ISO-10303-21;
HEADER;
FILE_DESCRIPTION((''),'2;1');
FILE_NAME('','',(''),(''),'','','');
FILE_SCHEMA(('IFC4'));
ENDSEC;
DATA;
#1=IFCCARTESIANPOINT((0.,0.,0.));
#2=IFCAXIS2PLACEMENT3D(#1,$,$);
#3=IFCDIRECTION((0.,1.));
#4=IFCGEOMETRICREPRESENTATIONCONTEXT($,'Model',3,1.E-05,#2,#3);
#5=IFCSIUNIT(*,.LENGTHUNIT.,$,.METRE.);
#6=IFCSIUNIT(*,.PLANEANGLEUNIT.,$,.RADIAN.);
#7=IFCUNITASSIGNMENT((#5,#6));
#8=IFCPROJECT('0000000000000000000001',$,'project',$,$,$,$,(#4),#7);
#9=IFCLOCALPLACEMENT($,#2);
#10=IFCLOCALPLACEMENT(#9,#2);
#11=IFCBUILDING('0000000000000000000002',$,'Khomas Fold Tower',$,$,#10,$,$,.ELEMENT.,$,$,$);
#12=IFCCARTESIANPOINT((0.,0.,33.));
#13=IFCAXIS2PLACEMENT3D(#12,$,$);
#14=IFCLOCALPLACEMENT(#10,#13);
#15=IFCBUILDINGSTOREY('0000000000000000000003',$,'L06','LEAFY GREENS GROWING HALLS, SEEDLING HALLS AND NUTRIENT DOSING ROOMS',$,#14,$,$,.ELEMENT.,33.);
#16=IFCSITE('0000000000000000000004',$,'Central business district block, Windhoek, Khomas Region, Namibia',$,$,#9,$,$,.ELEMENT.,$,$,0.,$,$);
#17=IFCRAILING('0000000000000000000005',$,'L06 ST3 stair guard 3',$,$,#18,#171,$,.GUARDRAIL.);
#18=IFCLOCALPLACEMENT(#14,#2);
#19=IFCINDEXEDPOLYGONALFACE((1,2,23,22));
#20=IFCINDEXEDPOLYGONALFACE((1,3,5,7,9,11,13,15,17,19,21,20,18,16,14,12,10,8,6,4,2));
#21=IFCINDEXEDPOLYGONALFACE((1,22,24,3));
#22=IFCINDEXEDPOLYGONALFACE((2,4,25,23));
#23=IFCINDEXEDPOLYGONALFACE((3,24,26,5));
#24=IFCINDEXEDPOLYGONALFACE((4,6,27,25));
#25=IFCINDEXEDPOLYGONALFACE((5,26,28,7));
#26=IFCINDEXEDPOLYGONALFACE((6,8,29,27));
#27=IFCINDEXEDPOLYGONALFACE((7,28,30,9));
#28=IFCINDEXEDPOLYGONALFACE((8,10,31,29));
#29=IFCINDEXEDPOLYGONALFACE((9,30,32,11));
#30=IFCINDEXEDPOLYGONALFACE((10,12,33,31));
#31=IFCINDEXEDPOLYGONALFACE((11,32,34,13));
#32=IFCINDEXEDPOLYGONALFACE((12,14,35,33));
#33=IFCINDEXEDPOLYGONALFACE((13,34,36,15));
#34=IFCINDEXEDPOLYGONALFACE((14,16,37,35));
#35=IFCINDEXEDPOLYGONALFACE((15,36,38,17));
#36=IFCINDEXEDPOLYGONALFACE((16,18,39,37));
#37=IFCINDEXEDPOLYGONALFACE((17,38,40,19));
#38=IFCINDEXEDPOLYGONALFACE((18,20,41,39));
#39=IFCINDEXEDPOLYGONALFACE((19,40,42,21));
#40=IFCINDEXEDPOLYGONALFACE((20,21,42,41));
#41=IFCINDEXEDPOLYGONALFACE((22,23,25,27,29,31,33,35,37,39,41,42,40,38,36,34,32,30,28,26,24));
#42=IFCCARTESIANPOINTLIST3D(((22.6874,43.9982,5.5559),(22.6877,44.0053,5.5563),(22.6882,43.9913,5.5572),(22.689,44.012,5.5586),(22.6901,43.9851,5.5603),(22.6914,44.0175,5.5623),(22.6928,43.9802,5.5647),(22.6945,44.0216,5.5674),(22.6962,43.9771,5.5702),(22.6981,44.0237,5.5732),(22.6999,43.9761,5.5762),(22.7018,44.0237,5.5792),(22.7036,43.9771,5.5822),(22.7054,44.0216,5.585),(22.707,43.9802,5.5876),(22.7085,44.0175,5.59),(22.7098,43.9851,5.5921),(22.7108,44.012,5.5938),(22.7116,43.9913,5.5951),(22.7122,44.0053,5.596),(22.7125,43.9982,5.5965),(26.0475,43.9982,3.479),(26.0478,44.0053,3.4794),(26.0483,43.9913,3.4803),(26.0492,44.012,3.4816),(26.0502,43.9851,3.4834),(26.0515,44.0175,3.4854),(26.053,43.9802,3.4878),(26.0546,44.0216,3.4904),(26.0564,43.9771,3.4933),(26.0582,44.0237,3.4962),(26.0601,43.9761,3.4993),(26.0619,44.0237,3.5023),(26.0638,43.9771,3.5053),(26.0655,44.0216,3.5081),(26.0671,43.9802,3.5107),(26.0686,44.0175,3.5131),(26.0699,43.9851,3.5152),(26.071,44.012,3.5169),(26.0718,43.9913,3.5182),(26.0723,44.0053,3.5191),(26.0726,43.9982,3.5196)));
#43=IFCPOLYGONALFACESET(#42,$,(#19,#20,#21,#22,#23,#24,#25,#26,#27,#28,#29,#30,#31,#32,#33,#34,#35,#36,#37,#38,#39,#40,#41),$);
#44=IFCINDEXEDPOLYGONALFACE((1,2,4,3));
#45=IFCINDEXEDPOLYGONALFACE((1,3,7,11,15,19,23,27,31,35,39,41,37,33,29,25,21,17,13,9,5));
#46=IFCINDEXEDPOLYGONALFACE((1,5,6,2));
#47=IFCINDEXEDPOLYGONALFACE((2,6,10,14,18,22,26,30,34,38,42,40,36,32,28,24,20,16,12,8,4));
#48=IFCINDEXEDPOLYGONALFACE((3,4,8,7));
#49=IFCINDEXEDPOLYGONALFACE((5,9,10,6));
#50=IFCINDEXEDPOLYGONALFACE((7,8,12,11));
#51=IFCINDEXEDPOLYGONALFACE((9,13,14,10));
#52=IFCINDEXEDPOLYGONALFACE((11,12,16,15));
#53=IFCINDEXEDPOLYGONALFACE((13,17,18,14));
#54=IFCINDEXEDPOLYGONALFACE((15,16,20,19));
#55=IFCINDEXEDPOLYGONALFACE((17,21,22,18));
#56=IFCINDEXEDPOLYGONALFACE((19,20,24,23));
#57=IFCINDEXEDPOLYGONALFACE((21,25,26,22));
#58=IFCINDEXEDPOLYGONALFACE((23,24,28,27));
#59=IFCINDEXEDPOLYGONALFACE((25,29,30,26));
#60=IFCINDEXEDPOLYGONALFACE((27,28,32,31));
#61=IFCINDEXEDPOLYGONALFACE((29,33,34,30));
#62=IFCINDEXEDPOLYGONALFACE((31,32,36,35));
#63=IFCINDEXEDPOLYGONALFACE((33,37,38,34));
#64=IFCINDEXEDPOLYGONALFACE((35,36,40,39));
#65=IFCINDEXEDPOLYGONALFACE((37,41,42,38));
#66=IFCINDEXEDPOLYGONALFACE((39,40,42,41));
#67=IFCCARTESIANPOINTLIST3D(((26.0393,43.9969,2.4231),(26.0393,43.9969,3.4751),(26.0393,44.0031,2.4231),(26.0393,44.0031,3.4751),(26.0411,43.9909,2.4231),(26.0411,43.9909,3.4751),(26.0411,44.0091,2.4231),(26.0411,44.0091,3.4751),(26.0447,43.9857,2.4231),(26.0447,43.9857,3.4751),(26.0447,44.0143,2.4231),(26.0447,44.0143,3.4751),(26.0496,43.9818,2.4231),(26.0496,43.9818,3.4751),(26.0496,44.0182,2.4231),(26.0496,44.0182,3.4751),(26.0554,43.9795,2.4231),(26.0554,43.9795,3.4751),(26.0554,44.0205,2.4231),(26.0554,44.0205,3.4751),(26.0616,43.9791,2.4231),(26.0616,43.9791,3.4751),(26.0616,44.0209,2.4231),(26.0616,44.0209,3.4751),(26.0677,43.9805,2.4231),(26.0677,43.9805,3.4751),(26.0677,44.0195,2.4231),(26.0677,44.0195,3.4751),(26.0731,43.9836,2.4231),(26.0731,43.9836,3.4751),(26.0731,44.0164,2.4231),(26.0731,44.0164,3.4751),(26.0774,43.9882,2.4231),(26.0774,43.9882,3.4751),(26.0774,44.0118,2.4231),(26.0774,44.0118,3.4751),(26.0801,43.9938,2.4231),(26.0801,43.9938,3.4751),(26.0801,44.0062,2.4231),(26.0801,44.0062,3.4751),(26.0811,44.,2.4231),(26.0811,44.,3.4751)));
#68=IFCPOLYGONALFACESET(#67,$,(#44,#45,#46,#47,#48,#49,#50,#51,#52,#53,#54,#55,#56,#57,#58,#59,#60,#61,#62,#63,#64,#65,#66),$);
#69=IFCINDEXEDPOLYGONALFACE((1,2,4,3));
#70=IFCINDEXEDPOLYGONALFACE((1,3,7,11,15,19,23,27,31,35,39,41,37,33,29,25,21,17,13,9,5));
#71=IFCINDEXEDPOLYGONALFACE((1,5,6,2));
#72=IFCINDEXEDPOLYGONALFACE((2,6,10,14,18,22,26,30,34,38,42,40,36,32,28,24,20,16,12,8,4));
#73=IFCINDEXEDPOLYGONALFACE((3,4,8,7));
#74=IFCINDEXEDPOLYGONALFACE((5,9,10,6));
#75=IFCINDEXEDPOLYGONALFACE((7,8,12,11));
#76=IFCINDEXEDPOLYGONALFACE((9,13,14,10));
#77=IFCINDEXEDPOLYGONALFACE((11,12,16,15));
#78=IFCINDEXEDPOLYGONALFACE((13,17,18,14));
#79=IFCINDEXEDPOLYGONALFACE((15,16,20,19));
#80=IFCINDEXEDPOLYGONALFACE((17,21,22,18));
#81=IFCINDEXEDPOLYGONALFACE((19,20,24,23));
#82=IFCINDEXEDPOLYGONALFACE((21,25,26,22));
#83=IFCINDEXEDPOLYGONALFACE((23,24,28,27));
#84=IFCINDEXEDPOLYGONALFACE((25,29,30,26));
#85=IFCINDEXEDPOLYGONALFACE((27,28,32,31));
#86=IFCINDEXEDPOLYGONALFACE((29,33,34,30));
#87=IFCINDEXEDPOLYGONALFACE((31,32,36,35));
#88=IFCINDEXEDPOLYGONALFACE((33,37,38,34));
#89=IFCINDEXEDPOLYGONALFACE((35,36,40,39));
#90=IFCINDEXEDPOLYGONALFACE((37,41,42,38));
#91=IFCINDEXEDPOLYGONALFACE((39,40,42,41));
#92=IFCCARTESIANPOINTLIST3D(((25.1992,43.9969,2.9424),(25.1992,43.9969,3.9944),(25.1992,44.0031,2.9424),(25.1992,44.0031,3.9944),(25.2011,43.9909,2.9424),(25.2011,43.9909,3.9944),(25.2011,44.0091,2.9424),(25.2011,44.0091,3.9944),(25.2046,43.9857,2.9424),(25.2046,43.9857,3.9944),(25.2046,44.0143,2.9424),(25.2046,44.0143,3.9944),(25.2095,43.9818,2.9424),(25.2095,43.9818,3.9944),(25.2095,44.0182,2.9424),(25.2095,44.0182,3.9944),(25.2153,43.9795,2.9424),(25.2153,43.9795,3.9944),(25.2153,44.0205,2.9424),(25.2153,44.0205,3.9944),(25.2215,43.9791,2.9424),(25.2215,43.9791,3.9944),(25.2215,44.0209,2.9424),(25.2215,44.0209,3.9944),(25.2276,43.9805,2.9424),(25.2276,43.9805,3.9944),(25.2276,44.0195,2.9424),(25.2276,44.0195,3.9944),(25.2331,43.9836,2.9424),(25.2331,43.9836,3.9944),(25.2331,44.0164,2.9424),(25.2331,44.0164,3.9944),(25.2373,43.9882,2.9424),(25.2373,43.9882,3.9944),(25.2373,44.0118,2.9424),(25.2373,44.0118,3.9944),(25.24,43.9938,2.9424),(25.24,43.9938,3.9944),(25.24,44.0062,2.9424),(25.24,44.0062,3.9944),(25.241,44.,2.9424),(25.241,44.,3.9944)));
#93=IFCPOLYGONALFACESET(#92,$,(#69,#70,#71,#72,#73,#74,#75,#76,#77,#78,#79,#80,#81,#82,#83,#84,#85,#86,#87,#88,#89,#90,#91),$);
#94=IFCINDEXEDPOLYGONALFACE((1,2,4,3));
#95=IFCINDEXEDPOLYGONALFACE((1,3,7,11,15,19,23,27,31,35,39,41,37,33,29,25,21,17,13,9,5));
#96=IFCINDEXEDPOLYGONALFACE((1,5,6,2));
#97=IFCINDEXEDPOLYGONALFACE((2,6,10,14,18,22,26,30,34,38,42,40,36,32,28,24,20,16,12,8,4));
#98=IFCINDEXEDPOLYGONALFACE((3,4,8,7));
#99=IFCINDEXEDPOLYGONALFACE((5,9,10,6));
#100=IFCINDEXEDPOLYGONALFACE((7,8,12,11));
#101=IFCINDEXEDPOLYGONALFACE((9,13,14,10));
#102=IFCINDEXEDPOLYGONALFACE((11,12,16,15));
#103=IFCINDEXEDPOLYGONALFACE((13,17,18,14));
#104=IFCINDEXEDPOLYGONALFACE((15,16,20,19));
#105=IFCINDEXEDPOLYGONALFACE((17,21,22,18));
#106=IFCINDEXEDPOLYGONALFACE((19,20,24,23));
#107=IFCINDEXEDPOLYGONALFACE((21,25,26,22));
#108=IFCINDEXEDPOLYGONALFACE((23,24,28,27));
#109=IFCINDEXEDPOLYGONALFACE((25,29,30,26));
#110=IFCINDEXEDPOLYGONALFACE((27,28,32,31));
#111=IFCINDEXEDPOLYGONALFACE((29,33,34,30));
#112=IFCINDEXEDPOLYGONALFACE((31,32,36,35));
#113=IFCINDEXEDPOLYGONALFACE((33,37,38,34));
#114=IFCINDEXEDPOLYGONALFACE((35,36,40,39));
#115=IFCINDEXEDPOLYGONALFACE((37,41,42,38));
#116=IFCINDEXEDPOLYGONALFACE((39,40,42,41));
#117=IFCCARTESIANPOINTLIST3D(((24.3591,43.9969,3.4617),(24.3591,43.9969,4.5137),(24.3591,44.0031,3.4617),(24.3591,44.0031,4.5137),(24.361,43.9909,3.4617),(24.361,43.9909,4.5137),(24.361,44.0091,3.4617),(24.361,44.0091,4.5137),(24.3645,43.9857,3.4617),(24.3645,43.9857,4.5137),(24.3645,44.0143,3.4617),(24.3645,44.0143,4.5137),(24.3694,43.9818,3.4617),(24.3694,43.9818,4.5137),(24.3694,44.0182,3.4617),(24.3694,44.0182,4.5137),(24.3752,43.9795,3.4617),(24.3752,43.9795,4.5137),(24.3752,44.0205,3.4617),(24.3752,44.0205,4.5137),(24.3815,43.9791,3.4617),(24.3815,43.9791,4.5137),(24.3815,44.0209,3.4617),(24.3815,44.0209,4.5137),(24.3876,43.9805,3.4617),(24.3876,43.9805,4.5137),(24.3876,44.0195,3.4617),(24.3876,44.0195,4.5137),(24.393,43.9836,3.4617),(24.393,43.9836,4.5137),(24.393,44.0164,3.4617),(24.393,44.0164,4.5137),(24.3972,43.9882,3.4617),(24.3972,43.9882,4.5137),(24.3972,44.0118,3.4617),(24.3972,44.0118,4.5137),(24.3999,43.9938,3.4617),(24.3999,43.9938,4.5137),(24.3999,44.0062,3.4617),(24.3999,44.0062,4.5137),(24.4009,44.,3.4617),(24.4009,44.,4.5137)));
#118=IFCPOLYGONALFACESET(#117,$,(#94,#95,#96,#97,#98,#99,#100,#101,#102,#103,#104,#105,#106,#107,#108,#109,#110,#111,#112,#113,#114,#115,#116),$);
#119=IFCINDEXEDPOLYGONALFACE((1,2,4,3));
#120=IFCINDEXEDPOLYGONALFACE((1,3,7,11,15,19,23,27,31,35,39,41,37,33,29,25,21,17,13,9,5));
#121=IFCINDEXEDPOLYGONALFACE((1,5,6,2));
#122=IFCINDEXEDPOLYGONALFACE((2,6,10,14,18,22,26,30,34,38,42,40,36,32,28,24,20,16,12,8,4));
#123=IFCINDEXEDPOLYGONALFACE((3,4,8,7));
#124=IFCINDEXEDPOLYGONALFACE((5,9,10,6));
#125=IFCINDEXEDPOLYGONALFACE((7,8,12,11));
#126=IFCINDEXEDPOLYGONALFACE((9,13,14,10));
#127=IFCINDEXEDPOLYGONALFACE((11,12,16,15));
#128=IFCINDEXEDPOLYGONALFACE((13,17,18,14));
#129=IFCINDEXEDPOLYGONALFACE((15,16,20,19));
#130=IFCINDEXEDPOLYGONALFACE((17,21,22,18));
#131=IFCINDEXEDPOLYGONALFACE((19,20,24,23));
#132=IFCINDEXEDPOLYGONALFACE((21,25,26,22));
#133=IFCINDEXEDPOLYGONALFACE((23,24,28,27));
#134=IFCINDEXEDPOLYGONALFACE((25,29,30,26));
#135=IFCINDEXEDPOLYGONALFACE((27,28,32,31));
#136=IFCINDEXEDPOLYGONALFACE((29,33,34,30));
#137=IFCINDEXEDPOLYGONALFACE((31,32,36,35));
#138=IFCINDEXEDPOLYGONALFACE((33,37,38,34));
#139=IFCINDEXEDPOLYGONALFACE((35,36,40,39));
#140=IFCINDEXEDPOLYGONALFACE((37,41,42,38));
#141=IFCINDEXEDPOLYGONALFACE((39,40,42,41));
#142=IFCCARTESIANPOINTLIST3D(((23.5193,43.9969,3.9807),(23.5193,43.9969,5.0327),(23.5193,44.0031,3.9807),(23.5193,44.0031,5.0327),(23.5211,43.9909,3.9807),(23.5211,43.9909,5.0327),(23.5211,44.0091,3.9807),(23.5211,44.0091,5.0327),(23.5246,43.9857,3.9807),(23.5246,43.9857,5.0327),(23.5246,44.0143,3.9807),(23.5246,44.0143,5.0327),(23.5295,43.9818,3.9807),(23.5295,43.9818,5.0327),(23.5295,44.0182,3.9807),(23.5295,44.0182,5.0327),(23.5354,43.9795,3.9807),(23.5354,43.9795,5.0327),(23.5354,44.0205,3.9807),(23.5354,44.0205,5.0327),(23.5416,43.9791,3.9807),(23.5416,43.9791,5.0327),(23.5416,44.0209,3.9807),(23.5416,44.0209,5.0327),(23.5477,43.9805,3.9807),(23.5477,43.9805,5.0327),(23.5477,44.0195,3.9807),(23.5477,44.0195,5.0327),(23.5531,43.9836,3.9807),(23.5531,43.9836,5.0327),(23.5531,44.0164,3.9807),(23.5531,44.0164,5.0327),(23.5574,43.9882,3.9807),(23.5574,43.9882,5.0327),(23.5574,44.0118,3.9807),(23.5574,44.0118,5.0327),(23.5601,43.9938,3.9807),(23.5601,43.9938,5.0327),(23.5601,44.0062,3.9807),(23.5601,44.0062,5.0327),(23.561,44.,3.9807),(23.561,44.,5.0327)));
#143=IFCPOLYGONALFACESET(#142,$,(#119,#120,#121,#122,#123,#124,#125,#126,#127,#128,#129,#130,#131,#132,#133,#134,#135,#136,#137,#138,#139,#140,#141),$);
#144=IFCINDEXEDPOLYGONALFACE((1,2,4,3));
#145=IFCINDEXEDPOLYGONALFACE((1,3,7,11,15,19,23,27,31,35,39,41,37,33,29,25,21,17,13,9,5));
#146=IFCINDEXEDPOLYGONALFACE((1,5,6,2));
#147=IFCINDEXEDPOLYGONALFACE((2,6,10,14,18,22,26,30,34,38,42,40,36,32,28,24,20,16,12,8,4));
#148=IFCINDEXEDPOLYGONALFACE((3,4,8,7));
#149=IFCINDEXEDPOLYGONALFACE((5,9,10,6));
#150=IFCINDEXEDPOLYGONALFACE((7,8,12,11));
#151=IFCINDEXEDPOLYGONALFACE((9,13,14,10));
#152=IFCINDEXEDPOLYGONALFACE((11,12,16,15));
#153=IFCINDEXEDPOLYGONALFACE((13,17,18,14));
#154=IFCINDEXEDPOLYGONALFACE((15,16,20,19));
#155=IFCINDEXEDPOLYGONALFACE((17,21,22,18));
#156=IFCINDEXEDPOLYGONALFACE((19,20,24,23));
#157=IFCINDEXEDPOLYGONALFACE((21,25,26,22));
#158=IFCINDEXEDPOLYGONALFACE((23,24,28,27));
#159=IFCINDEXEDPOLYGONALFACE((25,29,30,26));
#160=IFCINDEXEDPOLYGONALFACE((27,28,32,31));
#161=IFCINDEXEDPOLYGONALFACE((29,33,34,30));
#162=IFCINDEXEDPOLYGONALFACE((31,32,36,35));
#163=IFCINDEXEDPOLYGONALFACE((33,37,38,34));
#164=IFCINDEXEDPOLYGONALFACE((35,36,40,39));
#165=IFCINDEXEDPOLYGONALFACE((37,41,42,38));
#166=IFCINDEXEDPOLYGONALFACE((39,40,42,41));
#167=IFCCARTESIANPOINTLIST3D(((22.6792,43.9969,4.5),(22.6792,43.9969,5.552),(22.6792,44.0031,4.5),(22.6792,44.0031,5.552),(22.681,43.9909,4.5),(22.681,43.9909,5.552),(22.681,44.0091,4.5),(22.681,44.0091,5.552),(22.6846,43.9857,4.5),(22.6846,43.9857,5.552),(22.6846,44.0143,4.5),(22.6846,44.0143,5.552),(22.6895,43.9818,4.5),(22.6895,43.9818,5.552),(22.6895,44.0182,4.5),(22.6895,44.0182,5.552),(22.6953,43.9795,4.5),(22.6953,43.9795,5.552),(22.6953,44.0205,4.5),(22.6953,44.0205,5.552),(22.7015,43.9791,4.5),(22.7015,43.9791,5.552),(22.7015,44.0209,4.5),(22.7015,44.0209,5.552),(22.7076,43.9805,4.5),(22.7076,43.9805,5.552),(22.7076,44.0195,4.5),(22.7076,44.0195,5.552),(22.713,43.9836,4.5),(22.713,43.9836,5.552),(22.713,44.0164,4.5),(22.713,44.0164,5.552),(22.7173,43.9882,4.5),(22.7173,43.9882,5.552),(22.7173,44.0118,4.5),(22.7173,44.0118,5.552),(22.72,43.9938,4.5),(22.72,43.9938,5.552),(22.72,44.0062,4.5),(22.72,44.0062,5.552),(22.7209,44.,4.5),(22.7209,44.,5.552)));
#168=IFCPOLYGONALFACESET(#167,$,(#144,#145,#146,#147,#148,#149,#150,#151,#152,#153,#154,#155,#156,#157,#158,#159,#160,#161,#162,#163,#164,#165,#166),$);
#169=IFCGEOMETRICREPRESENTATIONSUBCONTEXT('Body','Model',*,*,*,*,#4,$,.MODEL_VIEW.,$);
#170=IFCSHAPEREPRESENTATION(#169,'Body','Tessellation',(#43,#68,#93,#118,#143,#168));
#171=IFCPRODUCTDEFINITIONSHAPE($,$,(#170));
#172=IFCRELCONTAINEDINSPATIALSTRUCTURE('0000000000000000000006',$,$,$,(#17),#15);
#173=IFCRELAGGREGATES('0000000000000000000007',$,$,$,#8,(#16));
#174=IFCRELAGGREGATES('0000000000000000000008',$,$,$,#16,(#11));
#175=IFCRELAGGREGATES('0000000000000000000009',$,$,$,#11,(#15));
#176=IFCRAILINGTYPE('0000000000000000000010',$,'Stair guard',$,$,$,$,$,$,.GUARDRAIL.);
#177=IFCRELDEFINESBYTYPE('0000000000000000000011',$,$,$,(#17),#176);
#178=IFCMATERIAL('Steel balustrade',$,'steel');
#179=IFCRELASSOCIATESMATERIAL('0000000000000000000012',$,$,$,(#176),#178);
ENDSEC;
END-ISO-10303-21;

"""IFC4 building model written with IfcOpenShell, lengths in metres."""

from ifc_helpers import new_model, si_unit, direction, frame, origin, origin_2d, place, context, subcontext, project, spatial, circle, extrude, source, transform, mapped, material, type_object, element, save


model = new_model("IFC4")

# Units and contexts
model_context = context("Model", 3, precision=1e-05, world=origin(), true_north=direction((0.0, 1.0)))
body_context = subcontext(model_context, "Body", "Model", "MODEL_VIEW")
ifc_project = project(units=[si_unit("LENGTHUNIT", "METRE"), si_unit("PLANEANGLEUNIT", "RADIAN")], contexts=[model_context])

# Site, building, storey
site_placement = place(None, origin())
site = spatial("IfcSite", under=ifc_project, at=site_placement, Name="Central business district block, Windhoek, Khomas Region, Namibia", CompositionType="ELEMENT", RefElevation=0.0)
building_placement = place(site_placement, origin())
building = spatial("IfcBuilding", under=site, at=building_placement, Name="Khomas Fold Tower", CompositionType="ELEMENT")
storey_placement = place(building_placement, frame((0.0, 0.0, 33.0)))
storey = spatial("IfcBuildingStorey", under=building, at=storey_placement, Name="L06", Description="LEAFY GREENS GROWING HALLS, SEEDLING HALLS AND NUTRIENT DOSING ROOMS", CompositionType="ELEMENT", Elevation=33.0)

# Railing
ifc_material_1 = material(Name="Steel balustrade", Category="steel")
railing_type_1 = type_object("IfcRailingType", Name="Stair guard", PredefinedType="GUARDRAIL", material=ifc_material_1)
shared_shape_1 = source(origin(), body_context, "Body", "SweptSolid", [
    extrude(circle(Radius=0.0239, at=origin_2d()), frame((0.0, 0.0, 1.0762), z_axis=(-0.850623, 0.0, 0.525776), x_axis=(0.0, -1.0, 0.0)), (0.0, 0.0, 1.0), 3.9502),
    extrude(circle(Radius=0.021, at=origin_2d()), origin(), (0.0, 0.0, 1.0), 1.052),
    extrude(circle(Radius=0.021, at=origin_2d()), frame((-0.8401, 0.0, 0.5193)), (0.0, 0.0, 1.0), 1.052),
    extrude(circle(Radius=0.021, at=origin_2d()), frame((-1.6802, 0.0, 1.0386)), (0.0, 0.0, 1.0), 1.052),
    extrude(circle(Radius=0.021, at=origin_2d()), frame((-2.52, 0.0, 1.5576)), (0.0, 0.0, 1.0), 1.052),
    extrude(circle(Radius=0.021, at=origin_2d()), frame((-3.3601, 0.0, 2.0769)), (0.0, 0.0, 1.0), 1.052),
])
railing_1_placement = place(storey_placement, frame((26.0601, 44.0, 2.4231)))
element("IfcRailing", 1, at=railing_1_placement, inside=storey, type_object=railing_type_1, Name="L06 ST3 stair guard 3", PredefinedType="GUARDRAIL", context=body_context, shape_type="MappedRepresentation", body=[
    mapped(shared_shape_1, transform((0.0, 0.0, 0.0))),
])

save(model, "model.ifc")
